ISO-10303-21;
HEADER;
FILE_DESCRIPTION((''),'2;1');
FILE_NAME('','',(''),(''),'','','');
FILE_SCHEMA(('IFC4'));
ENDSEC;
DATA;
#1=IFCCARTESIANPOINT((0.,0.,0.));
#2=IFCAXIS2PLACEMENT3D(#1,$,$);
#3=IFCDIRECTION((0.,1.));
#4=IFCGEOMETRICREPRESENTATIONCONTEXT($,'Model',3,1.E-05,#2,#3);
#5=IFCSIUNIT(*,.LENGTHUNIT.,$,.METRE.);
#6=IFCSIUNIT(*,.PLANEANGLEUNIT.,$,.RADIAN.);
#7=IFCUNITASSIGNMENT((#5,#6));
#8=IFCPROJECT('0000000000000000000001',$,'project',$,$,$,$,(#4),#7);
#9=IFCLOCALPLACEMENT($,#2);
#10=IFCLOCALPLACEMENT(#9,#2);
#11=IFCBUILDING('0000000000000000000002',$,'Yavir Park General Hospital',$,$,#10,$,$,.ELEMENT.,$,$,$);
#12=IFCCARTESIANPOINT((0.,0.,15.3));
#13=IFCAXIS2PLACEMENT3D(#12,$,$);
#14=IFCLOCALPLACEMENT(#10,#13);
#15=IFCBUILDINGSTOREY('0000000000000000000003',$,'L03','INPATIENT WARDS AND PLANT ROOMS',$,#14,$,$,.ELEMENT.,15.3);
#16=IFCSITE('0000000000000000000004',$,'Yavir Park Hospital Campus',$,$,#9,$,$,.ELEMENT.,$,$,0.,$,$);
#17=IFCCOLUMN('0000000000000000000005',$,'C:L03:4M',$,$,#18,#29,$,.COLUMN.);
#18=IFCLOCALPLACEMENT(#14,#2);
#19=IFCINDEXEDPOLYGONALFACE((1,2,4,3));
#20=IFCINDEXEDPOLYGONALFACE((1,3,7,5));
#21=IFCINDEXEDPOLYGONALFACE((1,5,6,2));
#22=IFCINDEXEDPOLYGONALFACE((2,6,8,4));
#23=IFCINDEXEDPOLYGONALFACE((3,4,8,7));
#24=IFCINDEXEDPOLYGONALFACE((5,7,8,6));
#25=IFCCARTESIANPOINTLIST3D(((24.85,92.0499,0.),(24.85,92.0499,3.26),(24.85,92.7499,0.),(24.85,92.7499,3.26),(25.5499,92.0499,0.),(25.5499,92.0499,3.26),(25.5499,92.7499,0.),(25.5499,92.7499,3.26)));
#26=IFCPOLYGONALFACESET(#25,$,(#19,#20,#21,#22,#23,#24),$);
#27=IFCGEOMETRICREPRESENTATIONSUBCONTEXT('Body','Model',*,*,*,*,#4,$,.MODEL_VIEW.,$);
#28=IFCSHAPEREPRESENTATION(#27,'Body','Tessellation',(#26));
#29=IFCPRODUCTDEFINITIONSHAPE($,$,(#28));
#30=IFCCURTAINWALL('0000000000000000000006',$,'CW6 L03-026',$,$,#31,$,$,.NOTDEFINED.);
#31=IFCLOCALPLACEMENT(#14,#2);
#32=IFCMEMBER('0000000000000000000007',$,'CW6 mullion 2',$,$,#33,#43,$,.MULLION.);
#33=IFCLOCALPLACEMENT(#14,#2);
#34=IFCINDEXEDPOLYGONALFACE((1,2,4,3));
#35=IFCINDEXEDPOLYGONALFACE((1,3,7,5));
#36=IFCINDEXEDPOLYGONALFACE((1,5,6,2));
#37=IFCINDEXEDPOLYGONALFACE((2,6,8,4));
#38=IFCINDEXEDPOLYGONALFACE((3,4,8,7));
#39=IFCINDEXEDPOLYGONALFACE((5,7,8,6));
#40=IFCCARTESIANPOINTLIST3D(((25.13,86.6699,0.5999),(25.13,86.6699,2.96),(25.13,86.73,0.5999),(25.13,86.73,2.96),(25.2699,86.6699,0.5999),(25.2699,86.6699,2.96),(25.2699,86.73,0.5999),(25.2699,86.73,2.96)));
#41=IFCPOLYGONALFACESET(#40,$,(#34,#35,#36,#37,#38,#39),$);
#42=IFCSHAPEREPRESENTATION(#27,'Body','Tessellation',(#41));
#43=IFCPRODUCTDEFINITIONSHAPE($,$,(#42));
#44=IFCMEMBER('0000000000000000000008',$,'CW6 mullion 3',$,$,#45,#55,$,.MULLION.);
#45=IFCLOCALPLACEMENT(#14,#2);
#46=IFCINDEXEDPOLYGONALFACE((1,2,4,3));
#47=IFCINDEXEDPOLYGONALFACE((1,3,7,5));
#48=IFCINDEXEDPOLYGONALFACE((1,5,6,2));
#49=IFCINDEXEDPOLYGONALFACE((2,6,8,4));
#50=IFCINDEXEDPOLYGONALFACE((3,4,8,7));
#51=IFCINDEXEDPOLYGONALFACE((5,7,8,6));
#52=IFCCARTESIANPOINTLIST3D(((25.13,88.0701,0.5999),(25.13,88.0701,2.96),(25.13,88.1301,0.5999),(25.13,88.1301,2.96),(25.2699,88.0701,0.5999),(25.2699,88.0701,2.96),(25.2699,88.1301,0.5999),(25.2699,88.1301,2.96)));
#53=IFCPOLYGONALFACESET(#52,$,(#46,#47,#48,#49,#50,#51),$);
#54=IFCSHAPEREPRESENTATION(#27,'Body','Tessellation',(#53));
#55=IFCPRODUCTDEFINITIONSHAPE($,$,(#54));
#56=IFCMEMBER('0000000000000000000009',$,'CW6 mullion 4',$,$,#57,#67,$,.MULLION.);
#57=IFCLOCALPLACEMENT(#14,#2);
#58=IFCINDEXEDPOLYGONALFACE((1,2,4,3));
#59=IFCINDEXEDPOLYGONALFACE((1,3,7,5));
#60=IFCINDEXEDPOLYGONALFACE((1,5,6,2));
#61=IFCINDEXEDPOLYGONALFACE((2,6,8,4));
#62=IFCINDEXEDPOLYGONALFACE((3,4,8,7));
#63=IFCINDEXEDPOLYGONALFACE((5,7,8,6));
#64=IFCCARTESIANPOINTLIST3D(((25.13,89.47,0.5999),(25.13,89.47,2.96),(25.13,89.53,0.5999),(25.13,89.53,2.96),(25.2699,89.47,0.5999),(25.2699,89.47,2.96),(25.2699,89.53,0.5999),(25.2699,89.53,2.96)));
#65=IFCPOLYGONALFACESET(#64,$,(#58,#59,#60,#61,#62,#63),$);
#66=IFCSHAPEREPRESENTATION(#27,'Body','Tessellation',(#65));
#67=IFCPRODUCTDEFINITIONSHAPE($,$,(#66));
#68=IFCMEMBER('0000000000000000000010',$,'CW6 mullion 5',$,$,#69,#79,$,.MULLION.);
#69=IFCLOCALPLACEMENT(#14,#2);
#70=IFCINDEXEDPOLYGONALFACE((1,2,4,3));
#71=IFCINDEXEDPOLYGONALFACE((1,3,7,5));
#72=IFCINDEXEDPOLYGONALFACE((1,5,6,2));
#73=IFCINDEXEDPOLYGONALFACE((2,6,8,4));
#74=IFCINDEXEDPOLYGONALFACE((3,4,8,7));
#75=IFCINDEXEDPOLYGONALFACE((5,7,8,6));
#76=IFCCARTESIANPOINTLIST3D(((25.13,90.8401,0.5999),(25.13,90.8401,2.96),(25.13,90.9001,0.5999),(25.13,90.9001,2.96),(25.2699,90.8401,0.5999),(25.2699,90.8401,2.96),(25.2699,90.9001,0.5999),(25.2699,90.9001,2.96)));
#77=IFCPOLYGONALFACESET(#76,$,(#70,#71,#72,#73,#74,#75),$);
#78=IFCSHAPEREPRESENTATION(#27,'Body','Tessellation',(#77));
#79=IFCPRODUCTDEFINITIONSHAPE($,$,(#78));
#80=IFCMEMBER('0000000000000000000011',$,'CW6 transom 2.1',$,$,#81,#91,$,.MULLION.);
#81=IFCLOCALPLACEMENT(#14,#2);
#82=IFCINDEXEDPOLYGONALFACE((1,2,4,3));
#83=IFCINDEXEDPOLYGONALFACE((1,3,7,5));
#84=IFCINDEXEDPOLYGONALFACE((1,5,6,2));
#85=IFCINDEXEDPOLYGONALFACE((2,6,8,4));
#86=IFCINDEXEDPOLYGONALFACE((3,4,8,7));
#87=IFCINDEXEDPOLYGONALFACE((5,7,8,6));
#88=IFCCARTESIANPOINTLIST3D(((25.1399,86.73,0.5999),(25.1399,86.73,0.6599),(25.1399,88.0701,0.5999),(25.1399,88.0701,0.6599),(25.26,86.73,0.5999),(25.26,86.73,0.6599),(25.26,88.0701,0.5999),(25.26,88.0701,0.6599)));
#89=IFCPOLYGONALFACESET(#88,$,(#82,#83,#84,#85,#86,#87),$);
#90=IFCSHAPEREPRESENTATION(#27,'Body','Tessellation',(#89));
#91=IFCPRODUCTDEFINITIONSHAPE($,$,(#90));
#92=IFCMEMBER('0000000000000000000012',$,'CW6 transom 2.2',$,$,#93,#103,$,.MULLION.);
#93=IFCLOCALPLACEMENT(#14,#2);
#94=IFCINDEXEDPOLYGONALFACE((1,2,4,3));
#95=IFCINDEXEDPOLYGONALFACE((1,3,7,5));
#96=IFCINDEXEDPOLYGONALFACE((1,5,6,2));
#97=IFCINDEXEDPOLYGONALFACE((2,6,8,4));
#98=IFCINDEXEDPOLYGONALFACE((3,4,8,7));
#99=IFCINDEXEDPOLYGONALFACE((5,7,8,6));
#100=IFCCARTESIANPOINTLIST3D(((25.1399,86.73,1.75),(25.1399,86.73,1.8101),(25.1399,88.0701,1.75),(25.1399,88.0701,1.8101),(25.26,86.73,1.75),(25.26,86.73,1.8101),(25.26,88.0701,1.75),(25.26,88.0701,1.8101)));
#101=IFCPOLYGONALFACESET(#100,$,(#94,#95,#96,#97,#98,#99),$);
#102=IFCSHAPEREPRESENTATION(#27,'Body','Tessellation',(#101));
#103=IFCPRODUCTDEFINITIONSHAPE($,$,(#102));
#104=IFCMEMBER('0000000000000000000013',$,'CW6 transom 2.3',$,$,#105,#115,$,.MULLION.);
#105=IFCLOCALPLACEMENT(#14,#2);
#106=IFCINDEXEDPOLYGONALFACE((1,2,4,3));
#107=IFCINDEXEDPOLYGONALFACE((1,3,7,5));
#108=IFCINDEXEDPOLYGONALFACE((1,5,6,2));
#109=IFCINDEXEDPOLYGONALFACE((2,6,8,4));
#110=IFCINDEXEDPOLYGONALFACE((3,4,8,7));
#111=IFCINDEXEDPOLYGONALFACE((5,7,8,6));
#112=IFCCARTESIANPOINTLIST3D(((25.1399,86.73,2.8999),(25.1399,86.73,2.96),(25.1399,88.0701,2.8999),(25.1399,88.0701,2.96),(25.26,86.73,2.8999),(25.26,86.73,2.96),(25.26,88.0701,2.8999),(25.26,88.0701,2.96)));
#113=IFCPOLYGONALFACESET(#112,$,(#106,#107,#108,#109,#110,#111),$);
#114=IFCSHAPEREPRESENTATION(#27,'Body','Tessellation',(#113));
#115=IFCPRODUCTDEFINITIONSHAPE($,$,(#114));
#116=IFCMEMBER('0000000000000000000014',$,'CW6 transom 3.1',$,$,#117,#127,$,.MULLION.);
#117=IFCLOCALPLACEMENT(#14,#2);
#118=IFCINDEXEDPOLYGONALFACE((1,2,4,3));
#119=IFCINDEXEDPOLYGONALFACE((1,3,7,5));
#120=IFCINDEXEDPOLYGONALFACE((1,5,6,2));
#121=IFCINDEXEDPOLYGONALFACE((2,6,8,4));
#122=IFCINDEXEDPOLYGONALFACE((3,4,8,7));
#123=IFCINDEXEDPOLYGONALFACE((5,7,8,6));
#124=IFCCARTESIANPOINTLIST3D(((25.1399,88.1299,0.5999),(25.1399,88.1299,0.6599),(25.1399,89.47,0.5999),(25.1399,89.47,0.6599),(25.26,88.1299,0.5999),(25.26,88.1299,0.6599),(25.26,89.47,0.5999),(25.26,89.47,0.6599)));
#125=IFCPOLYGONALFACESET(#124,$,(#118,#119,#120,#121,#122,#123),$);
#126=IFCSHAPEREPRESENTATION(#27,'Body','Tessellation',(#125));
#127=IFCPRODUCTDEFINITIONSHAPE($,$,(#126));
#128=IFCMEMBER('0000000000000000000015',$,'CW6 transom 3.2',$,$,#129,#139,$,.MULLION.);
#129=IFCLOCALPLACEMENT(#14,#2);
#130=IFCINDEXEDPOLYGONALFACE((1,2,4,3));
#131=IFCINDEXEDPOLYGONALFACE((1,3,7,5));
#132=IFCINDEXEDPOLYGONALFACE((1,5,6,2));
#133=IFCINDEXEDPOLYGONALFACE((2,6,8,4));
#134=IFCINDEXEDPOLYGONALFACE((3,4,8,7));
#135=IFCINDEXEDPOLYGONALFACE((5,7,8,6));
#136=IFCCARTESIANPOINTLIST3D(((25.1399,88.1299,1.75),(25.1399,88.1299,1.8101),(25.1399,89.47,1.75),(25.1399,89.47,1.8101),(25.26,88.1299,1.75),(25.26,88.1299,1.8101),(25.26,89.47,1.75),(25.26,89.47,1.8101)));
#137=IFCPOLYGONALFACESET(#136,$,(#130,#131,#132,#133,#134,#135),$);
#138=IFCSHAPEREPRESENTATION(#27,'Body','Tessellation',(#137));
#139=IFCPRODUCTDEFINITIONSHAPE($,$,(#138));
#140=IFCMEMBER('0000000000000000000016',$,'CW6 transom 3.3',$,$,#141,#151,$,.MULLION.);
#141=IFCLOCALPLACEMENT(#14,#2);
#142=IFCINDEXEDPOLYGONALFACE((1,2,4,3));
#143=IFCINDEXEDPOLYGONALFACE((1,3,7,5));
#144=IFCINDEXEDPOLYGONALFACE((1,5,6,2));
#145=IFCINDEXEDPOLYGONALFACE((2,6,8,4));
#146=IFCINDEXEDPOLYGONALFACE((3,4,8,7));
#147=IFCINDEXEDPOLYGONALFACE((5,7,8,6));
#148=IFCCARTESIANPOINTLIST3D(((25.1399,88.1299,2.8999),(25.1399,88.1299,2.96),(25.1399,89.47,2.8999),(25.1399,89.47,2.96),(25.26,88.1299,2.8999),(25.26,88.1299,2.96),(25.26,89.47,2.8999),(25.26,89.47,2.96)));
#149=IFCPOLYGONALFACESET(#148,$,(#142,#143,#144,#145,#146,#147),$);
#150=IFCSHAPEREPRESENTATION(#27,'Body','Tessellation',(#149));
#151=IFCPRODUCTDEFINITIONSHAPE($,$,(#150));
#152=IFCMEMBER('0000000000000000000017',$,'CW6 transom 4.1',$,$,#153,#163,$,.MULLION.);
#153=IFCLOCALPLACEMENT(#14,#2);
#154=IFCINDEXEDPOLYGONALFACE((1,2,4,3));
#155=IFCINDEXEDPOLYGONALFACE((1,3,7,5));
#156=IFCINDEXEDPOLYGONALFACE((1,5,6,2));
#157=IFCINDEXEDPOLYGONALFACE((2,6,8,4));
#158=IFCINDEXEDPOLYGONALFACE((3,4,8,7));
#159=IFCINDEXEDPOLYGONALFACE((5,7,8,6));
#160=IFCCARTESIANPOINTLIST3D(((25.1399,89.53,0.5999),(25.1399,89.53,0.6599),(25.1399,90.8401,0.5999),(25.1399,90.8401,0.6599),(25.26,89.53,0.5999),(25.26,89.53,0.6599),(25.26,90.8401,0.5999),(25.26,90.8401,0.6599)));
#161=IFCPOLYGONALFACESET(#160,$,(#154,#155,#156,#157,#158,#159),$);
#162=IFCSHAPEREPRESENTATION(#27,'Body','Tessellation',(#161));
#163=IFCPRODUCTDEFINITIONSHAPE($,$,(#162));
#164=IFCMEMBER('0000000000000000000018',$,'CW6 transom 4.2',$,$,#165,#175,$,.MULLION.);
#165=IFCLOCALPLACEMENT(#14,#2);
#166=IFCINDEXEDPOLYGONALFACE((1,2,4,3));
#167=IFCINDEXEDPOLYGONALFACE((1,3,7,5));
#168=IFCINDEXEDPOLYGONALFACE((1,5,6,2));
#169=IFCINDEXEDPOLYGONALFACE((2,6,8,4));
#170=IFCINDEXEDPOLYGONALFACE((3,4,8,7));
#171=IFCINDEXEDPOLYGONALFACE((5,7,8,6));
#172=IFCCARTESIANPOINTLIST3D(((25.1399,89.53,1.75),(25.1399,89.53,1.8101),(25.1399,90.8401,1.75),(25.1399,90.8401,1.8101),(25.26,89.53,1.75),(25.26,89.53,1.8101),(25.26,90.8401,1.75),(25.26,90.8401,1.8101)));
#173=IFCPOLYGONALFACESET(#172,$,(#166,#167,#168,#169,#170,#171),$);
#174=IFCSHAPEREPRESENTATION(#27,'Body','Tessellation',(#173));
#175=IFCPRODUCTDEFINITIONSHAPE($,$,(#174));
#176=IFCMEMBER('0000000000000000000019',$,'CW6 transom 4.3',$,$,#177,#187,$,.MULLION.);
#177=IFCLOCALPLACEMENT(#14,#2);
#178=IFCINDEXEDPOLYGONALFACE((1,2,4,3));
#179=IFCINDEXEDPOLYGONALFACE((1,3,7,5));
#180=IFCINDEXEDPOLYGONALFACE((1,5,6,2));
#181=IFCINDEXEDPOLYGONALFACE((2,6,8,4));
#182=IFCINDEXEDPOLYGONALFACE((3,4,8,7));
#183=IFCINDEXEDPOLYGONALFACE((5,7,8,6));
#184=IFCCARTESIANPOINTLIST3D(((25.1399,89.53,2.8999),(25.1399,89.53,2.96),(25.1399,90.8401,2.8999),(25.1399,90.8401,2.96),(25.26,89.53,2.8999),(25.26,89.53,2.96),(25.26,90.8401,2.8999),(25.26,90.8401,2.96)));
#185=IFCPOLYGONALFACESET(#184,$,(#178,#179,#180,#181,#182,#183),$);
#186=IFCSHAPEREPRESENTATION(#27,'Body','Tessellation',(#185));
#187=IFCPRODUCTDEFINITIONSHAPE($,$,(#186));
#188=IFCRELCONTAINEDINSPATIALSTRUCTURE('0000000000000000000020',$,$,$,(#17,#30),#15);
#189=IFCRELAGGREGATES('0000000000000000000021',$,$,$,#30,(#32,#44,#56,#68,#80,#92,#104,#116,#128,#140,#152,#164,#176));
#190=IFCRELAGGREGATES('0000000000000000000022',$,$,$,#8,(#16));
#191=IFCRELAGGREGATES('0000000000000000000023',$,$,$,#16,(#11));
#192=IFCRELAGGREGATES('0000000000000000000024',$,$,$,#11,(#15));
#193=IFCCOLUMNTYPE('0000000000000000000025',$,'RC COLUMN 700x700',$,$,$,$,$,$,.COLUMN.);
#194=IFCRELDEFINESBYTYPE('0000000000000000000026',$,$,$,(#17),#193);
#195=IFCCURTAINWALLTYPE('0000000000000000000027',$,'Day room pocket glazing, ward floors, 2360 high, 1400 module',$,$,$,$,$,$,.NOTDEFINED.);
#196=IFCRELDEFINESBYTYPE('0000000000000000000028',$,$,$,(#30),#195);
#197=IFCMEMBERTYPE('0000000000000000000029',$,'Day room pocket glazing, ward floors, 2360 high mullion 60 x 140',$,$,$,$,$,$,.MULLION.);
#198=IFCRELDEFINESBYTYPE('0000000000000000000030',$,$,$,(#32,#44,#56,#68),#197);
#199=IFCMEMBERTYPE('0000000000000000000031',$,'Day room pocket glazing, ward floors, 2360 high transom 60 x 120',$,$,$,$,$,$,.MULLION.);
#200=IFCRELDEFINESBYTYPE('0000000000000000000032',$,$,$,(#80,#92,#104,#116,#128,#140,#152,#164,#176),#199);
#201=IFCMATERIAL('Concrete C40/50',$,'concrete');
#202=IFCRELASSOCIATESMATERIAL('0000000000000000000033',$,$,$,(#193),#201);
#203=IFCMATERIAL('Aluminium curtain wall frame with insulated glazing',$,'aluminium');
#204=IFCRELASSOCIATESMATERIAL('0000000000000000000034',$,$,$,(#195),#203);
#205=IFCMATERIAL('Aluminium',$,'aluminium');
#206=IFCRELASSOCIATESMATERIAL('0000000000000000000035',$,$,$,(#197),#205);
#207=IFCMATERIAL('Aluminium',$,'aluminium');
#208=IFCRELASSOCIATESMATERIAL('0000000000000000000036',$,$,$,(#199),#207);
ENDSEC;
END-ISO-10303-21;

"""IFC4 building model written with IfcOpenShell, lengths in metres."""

from ifc_helpers import new_model, si_unit, direction, frame, origin, origin_2d, place, context, subcontext, project, spatial, rectangle, extrude, material, material_profile, profile_set, type_object, element, aggregate, save


model = new_model("IFC4")

# Units and contexts
model_context = context("Model", 3, precision=1e-05, world=origin(), true_north=direction((0.0, 1.0)))
body_context = subcontext(model_context, "Body", "Model", "MODEL_VIEW")
ifc_project = project(units=[si_unit("LENGTHUNIT", "METRE"), si_unit("PLANEANGLEUNIT", "RADIAN")], contexts=[model_context])

# Site, building, storey
site_placement = place(None, origin())
site = spatial("IfcSite", under=ifc_project, at=site_placement, Name="Yavir Park Hospital Campus", CompositionType="ELEMENT", RefElevation=0.0)
building_placement = place(site_placement, origin())
building = spatial("IfcBuilding", under=site, at=building_placement, Name="Yavir Park General Hospital", CompositionType="ELEMENT")
storey_placement = place(building_placement, frame((0.0, 0.0, 15.3)))
storey = spatial("IfcBuildingStorey", under=building, at=storey_placement, Name="L03", Description="INPATIENT WARDS AND PLANT ROOMS", CompositionType="ELEMENT", Elevation=15.3)

# Column
ifc_material_1 = material(Name="Concrete C40/50", Category="concrete")
ifc_material_profile_1 = material_profile(ifc_material_1, rectangle(XDim=0.7, YDim=0.7, at=origin_2d()), Name="RC700x700")
ifc_profile_set_1 = profile_set([ifc_material_profile_1], Name="Concrete C40/50")
column_type = type_object("IfcColumnType", Name="RC COLUMN 700x700", PredefinedType="COLUMN", material=ifc_profile_set_1)
column_placement = place(storey_placement, frame((25.2, 92.3999, 0.0), z_axis=(0.0, 0.0, 1.0), x_axis=(1.0, 0.0, 0.0)))
element("IfcColumn", 1, at=column_placement, inside=storey, type_object=column_type, Name="C:L03:4M", PredefinedType="COLUMN", context=body_context, shape_type="SweptSolid", body=[
    extrude(rectangle(XDim=0.7, YDim=0.7, at=origin_2d()), origin(), (0.0, 0.0, 1.0), 3.26),
])

# Curtain wall, members
ifc_material_2 = material(Name="Aluminium curtain wall frame with insulated glazing", Category="aluminium")
curtain_wall_type = type_object("IfcCurtainWallType", Name="Day room pocket glazing, ward floors, 2360 high, 1400 module", PredefinedType="NOTDEFINED", material=ifc_material_2)
curtain_wall_placement = place(storey_placement, origin())
curtain_wall = element("IfcCurtainWall", 2, at=curtain_wall_placement, inside=storey, type_object=curtain_wall_type, Name="CW6 L03-026", PredefinedType="NOTDEFINED")
ifc_material_3 = material(Name="Aluminium", Category="aluminium")
ifc_material_profile_2 = material_profile(ifc_material_3, rectangle(XDim=0.1399, YDim=0.0601, at=origin_2d()), Name="AL 60x140")
ifc_profile_set_2 = profile_set([ifc_material_profile_2], Name="Aluminium")
member_type_1 = type_object("IfcMemberType", Name="Day room pocket glazing, ward floors, 2360 high mullion 60 x 140", PredefinedType="MULLION", material=ifc_profile_set_2)
member_1_placement = place(storey_placement, frame((25.2, 86.7, 0.5999), z_axis=(0.0, 0.0, 1.0), x_axis=(-1.0, 0.0, 0.0)))
member_1 = element("IfcMember", 3, at=member_1_placement, type_object=member_type_1, Name="CW6 mullion 2", PredefinedType="MULLION", context=body_context, shape_type="SweptSolid", body=[
    extrude(rectangle(XDim=0.1399, YDim=0.0601, at=origin_2d()), origin(), (0.0, 0.0, 1.0), 2.3601),
])
member_2_placement = place(storey_placement, frame((25.2, 88.1001, 0.5999), z_axis=(0.0, 0.0, 1.0), x_axis=(-1.0, 0.0, 0.0)))
member_2 = element("IfcMember", 4, at=member_2_placement, type_object=member_type_1, Name="CW6 mullion 3", PredefinedType="MULLION", context=body_context, shape_type="SweptSolid", body=[
    extrude(rectangle(XDim=0.1399, YDim=0.0601, at=origin_2d()), origin(), (0.0, 0.0, 1.0), 2.3601),
])
member_3_placement = place(storey_placement, frame((25.2, 89.5, 0.5999), z_axis=(0.0, 0.0, 1.0), x_axis=(-1.0, 0.0, 0.0)))
member_3 = element("IfcMember", 5, at=member_3_placement, type_object=member_type_1, Name="CW6 mullion 4", PredefinedType="MULLION", context=body_context, shape_type="SweptSolid", body=[
    extrude(rectangle(XDim=0.1399, YDim=0.0601, at=origin_2d()), origin(), (0.0, 0.0, 1.0), 2.3601),
])
member_4_placement = place(storey_placement, frame((25.2, 90.8701, 0.5999), z_axis=(0.0, 0.0, 1.0), x_axis=(-1.0, 0.0, 0.0)))
member_4 = element("IfcMember", 6, at=member_4_placement, type_object=member_type_1, Name="CW6 mullion 5", PredefinedType="MULLION", context=body_context, shape_type="SweptSolid", body=[
    extrude(rectangle(XDim=0.1399, YDim=0.0601, at=origin_2d()), origin(), (0.0, 0.0, 1.0), 2.3601),
])
ifc_material_4 = material(Name="Aluminium", Category="aluminium")
ifc_material_profile_3 = material_profile(ifc_material_4, rectangle(XDim=0.1201, YDim=0.0601, at=origin_2d()), Name="AL 120x60")
ifc_profile_set_3 = profile_set([ifc_material_profile_3], Name="Aluminium")
member_type_2 = type_object("IfcMemberType", Name="Day room pocket glazing, ward floors, 2360 high transom 60 x 120", PredefinedType="MULLION", material=ifc_profile_set_3)
member_5_placement = place(storey_placement, frame((25.2, 86.73, 0.6299), z_axis=(0.0, 1.0, 0.0), x_axis=(-1.0, 0.0, 0.0)))
member_5 = element("IfcMember", 7, at=member_5_placement, type_object=member_type_2, Name="CW6 transom 2.1", PredefinedType="MULLION", context=body_context, shape_type="SweptSolid", body=[
    extrude(rectangle(XDim=0.1201, YDim=0.0601, at=origin_2d()), origin(), (0.0, 0.0, 1.0), 1.3401),
])
member_6_placement = place(storey_placement, frame((25.2, 86.73, 1.78), z_axis=(0.0, 1.0, 0.0), x_axis=(-1.0, 0.0, 0.0)))
member_6 = element("IfcMember", 8, at=member_6_placement, type_object=member_type_2, Name="CW6 transom 2.2", PredefinedType="MULLION", context=body_context, shape_type="SweptSolid", body=[
    extrude(rectangle(XDim=0.1201, YDim=0.0601, at=origin_2d()), origin(), (0.0, 0.0, 1.0), 1.3401),
])
member_7_placement = place(storey_placement, frame((25.2, 86.73, 2.9299), z_axis=(0.0, 1.0, 0.0), x_axis=(-1.0, 0.0, 0.0)))
member_7 = element("IfcMember", 9, at=member_7_placement, type_object=member_type_2, Name="CW6 transom 2.3", PredefinedType="MULLION", context=body_context, shape_type="SweptSolid", body=[
    extrude(rectangle(XDim=0.1201, YDim=0.0601, at=origin_2d()), origin(), (0.0, 0.0, 1.0), 1.3401),
])
member_8_placement = place(storey_placement, frame((25.2, 88.1299, 0.6299), z_axis=(0.0, 1.0, 0.0), x_axis=(-1.0, 0.0, 0.0)))
member_8 = element("IfcMember", 10, at=member_8_placement, type_object=member_type_2, Name="CW6 transom 3.1", PredefinedType="MULLION", context=body_context, shape_type="SweptSolid", body=[
    extrude(rectangle(XDim=0.1201, YDim=0.0601, at=origin_2d()), origin(), (0.0, 0.0, 1.0), 1.3401),
])
member_9_placement = place(storey_placement, frame((25.2, 88.1299, 1.78), z_axis=(0.0, 1.0, 0.0), x_axis=(-1.0, 0.0, 0.0)))
member_9 = element("IfcMember", 11, at=member_9_placement, type_object=member_type_2, Name="CW6 transom 3.2", PredefinedType="MULLION", context=body_context, shape_type="SweptSolid", body=[
    extrude(rectangle(XDim=0.1201, YDim=0.0601, at=origin_2d()), origin(), (0.0, 0.0, 1.0), 1.3401),
])
member_10_placement = place(storey_placement, frame((25.2, 88.1299, 2.9299), z_axis=(0.0, 1.0, 0.0), x_axis=(-1.0, 0.0, 0.0)))
member_10 = element("IfcMember", 12, at=member_10_placement, type_object=member_type_2, Name="CW6 transom 3.3", PredefinedType="MULLION", context=body_context, shape_type="SweptSolid", body=[
    extrude(rectangle(XDim=0.1201, YDim=0.0601, at=origin_2d()), origin(), (0.0, 0.0, 1.0), 1.3401),
])
member_11_placement = place(storey_placement, frame((25.2, 89.53, 0.6299), z_axis=(0.0, 1.0, 0.0), x_axis=(-1.0, 0.0, 0.0)))
member_11 = element("IfcMember", 13, at=member_11_placement, type_object=member_type_2, Name="CW6 transom 4.1", PredefinedType="MULLION", context=body_context, shape_type="SweptSolid", body=[
    extrude(rectangle(XDim=0.1201, YDim=0.0601, at=origin_2d()), origin(), (0.0, 0.0, 1.0), 1.3101),
])
member_12_placement = place(storey_placement, frame((25.2, 89.53, 1.78), z_axis=(0.0, 1.0, 0.0), x_axis=(-1.0, 0.0, 0.0)))
member_12 = element("IfcMember", 14, at=member_12_placement, type_object=member_type_2, Name="CW6 transom 4.2", PredefinedType="MULLION", context=body_context, shape_type="SweptSolid", body=[
    extrude(rectangle(XDim=0.1201, YDim=0.0601, at=origin_2d()), origin(), (0.0, 0.0, 1.0), 1.3101),
])
member_13_placement = place(storey_placement, frame((25.2, 89.53, 2.9299), z_axis=(0.0, 1.0, 0.0), x_axis=(-1.0, 0.0, 0.0)))
member_13 = element("IfcMember", 15, at=member_13_placement, type_object=member_type_2, Name="CW6 transom 4.3", PredefinedType="MULLION", context=body_context, shape_type="SweptSolid", body=[
    extrude(rectangle(XDim=0.1201, YDim=0.0601, at=origin_2d()), origin(), (0.0, 0.0, 1.0), 1.3101),
])
aggregate(curtain_wall, [member_1, member_2, member_3, member_4, member_5, member_6, member_7, member_8, member_9, member_10, member_11, member_12, member_13])

save(model, "model.ifc")
